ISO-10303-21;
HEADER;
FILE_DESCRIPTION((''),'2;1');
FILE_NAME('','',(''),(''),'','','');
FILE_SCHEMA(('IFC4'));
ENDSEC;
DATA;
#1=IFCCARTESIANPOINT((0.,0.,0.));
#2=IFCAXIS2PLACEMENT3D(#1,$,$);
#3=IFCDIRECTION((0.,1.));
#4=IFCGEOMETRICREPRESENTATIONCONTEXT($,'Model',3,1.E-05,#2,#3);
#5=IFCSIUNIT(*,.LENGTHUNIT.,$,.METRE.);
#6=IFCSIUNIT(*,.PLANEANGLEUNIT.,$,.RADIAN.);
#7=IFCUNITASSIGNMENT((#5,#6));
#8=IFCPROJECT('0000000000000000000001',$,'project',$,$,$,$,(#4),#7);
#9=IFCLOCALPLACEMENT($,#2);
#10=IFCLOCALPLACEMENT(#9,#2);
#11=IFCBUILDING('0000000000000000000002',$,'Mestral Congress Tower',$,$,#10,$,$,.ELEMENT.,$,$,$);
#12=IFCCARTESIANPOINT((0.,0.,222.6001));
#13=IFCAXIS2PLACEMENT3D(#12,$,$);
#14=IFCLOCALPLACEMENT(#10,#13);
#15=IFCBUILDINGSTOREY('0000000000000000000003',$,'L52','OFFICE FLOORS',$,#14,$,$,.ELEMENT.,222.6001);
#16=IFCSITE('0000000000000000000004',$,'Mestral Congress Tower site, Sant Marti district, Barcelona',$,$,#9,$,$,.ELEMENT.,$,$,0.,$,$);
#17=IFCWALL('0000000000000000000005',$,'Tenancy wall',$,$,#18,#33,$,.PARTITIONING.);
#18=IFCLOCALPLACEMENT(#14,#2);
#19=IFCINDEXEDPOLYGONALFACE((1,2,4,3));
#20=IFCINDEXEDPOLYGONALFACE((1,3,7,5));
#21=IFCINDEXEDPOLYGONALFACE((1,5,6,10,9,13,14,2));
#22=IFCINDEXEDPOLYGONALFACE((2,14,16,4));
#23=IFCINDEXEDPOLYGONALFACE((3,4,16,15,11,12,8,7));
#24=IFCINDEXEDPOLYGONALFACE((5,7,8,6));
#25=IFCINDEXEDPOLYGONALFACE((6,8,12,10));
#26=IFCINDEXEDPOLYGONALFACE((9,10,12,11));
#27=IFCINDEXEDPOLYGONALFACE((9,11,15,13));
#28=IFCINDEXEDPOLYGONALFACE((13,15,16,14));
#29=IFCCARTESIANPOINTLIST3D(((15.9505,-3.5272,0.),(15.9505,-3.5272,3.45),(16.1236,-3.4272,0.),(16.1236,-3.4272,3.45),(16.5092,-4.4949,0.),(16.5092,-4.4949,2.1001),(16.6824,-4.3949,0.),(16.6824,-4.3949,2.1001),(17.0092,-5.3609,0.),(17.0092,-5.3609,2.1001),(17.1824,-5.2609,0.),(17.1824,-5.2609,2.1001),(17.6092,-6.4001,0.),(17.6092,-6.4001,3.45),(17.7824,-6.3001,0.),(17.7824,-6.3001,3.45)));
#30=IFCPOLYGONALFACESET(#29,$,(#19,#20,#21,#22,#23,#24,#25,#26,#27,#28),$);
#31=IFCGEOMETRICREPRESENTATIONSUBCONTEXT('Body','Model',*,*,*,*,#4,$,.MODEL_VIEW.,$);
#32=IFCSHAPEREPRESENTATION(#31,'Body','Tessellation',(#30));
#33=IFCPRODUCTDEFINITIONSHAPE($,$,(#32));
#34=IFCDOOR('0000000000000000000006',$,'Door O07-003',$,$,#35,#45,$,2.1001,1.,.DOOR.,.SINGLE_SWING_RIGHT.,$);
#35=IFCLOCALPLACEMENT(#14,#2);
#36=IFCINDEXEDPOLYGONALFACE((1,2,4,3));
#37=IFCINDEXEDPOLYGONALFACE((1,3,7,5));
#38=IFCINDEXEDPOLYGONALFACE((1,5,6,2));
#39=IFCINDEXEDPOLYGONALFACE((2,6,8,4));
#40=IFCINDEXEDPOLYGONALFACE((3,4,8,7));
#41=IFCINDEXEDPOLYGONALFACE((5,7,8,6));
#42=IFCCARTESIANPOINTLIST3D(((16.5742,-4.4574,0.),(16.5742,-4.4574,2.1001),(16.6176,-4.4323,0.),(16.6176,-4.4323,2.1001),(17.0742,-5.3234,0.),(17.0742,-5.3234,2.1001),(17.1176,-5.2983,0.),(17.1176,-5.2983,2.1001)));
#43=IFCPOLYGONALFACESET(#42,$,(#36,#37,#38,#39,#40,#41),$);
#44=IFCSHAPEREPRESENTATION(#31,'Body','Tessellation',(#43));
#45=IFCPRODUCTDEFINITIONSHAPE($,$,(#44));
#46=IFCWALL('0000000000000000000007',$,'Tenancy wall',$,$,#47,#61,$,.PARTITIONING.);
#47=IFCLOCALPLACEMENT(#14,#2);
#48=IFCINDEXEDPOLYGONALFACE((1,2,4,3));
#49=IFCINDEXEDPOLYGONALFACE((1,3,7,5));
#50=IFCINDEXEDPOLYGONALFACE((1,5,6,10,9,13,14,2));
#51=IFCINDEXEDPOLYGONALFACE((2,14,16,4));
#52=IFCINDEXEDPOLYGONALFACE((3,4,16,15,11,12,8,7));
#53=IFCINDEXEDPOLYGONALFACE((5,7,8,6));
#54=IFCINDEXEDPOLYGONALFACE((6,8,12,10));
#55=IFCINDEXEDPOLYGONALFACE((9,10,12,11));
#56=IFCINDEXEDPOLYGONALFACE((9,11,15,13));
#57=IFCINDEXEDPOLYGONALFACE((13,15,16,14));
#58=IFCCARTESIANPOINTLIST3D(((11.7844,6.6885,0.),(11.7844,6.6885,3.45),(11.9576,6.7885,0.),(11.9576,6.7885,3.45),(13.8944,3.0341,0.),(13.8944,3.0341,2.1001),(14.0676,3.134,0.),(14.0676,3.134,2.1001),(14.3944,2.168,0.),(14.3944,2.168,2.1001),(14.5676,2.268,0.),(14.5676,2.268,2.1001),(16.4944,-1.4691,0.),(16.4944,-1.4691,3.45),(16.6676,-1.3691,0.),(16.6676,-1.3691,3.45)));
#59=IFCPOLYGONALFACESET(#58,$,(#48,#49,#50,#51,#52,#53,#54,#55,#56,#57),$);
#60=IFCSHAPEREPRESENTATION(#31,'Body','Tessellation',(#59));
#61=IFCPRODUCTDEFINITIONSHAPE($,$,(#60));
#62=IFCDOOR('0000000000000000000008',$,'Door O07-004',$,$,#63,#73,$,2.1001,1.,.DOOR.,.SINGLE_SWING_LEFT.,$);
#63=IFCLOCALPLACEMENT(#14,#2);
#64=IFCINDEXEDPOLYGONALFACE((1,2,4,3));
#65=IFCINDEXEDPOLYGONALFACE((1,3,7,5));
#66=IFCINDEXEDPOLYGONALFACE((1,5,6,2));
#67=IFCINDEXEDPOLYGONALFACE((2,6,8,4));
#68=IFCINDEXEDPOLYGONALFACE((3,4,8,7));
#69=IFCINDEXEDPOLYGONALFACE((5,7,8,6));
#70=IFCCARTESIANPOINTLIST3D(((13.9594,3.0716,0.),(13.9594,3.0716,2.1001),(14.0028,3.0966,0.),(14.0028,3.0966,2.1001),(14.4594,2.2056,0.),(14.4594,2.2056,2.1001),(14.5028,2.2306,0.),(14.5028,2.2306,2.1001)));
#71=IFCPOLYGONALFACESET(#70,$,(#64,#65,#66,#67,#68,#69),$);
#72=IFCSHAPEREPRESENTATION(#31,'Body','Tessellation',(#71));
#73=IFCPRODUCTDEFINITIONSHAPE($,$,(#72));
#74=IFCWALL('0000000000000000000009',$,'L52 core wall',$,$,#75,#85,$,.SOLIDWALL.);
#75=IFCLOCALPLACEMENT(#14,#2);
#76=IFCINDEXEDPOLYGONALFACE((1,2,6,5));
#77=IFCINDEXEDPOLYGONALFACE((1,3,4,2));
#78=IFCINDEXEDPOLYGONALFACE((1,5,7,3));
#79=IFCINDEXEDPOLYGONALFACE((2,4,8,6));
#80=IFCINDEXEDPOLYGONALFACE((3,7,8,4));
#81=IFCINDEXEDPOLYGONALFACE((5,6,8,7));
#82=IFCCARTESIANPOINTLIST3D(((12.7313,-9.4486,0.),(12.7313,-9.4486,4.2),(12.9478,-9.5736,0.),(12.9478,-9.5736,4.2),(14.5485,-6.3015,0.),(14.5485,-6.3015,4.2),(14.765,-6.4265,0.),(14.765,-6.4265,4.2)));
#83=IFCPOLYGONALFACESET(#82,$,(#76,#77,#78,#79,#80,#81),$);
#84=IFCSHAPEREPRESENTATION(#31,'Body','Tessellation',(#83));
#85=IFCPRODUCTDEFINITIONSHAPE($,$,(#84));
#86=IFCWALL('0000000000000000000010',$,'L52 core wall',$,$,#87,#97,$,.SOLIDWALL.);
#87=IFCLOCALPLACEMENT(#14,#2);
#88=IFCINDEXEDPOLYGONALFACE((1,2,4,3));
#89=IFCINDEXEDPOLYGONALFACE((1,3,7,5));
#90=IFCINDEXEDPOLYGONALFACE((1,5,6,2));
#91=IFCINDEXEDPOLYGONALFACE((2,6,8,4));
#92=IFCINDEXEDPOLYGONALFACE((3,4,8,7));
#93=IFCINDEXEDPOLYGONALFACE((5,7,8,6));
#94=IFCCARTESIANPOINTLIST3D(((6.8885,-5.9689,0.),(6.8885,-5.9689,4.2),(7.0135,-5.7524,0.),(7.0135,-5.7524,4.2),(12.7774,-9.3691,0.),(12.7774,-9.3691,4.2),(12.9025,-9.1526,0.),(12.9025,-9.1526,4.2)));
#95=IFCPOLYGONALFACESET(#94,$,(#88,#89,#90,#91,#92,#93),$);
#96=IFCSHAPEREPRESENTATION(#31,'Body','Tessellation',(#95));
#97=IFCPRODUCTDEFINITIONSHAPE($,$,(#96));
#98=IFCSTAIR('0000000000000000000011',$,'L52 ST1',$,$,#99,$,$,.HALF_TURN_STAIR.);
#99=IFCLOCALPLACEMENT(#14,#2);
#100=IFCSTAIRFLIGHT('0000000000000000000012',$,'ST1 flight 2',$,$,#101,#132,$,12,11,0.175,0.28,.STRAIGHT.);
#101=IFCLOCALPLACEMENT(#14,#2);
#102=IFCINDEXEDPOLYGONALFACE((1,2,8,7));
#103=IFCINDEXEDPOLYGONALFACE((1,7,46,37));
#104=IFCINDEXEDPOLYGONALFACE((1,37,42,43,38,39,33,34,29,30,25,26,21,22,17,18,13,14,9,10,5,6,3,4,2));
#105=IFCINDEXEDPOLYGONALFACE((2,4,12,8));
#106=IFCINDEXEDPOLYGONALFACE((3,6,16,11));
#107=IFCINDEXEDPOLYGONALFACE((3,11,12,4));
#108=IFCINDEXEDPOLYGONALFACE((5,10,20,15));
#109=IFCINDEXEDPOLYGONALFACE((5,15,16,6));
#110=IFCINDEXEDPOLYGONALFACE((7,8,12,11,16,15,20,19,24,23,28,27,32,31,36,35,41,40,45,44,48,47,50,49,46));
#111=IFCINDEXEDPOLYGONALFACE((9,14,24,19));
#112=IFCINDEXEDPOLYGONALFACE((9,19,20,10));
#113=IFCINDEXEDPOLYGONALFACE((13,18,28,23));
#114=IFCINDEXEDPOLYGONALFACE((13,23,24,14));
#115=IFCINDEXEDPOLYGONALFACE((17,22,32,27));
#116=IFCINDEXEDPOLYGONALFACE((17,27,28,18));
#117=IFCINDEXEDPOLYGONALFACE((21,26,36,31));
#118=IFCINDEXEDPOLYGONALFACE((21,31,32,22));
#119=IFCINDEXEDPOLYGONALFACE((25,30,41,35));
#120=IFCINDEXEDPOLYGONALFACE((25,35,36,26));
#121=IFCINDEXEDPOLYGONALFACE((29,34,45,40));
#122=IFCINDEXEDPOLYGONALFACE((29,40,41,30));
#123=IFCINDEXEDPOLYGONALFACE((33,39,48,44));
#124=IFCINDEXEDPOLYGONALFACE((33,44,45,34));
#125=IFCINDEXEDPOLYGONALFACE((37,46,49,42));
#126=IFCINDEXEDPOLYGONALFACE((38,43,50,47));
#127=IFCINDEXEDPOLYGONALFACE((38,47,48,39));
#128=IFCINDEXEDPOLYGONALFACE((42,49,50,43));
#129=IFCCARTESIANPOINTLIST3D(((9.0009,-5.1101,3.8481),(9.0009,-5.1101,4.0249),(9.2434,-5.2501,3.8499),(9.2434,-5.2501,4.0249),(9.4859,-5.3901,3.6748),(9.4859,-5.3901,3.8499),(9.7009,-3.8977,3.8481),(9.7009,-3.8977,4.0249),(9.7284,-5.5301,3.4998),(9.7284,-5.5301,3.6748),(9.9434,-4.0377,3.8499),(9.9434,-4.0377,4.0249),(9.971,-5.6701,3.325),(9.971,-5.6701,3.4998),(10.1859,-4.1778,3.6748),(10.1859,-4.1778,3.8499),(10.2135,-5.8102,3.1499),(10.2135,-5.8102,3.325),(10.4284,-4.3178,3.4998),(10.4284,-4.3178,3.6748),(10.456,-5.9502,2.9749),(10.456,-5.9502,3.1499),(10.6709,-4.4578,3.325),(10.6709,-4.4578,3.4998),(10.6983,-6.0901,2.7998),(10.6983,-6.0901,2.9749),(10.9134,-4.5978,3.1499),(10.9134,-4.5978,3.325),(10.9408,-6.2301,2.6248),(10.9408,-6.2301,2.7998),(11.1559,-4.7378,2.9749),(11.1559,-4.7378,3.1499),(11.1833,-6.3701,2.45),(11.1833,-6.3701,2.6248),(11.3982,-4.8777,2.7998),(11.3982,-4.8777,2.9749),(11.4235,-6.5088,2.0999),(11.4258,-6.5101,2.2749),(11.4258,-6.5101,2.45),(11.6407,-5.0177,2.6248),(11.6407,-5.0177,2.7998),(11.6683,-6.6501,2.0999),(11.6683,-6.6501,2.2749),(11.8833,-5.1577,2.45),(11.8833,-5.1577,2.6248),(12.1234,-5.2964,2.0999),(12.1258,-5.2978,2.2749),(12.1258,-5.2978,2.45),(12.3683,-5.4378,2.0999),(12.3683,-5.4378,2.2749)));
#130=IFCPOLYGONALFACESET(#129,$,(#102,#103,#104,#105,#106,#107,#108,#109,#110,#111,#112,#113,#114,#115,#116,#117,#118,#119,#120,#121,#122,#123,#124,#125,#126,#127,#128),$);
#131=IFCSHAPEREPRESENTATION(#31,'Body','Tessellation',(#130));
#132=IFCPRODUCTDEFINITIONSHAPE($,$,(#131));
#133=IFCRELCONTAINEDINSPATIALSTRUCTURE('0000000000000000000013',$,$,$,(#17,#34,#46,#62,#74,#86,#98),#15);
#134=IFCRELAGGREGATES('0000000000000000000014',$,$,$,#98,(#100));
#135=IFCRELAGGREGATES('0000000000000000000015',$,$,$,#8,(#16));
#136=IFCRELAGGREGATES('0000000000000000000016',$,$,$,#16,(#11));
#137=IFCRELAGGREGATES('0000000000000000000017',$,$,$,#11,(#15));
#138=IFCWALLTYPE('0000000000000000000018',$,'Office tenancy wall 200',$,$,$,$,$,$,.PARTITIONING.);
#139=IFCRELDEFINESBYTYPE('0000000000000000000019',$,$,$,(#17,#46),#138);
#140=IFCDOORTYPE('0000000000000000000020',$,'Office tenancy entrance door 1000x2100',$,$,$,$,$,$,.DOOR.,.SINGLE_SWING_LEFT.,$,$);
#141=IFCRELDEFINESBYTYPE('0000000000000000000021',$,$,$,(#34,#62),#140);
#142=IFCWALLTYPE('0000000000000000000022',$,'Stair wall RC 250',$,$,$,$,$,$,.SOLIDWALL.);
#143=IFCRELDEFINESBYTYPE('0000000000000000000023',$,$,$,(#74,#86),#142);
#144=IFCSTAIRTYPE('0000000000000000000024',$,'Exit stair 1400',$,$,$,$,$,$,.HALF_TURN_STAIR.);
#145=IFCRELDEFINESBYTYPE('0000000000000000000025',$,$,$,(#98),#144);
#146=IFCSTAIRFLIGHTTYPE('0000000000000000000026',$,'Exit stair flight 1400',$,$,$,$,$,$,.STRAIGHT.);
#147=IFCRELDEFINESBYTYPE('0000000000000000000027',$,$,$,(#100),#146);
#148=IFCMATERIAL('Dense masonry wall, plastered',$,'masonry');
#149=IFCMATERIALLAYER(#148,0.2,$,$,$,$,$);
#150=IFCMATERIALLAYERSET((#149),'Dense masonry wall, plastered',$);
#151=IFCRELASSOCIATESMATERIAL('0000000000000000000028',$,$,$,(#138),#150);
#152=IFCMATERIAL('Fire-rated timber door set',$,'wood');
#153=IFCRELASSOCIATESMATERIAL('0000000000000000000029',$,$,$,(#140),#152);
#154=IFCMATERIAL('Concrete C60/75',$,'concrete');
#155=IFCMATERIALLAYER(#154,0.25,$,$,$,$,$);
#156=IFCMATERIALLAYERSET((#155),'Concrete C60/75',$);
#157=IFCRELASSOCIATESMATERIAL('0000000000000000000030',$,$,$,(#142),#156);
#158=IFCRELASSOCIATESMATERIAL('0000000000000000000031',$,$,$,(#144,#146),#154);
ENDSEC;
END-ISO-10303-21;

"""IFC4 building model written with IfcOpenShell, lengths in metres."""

from ifc_helpers import new_model, si_unit, direction, frame, frame_2d, origin, place, context, subcontext, project, spatial, polyline, rectangle, outline, extrude, material, layer, layer_set, type_object, element, fill, aggregate, save


model = new_model("IFC4")

# Units and contexts
model_context = context("Model", 3, precision=1e-05, world=origin(), true_north=direction((0.0, 1.0)))
body_context = subcontext(model_context, "Body", "Model", "MODEL_VIEW")
ifc_project = project(units=[si_unit("LENGTHUNIT", "METRE"), si_unit("PLANEANGLEUNIT", "RADIAN")], contexts=[model_context])

# Site, building, storey
site_placement = place(None, origin())
site = spatial("IfcSite", under=ifc_project, at=site_placement, Name="Mestral Congress Tower site, Sant Marti district, Barcelona", CompositionType="ELEMENT", RefElevation=0.0)
building_placement = place(site_placement, origin())
building = spatial("IfcBuilding", under=site, at=building_placement, Name="Mestral Congress Tower", CompositionType="ELEMENT")
storey_placement = place(building_placement, frame((0.0, 0.0, 222.6001)))
storey = spatial("IfcBuildingStorey", under=building, at=storey_placement, Name="L52", Description="OFFICE FLOORS", CompositionType="ELEMENT", Elevation=222.6001)

# Shared definitions
ifc_material_1 = material(Name="Concrete C60/75", Category="concrete")

# Shared definitions
ifc_material_2 = material(Name="Dense masonry wall, plastered", Category="masonry")
ifc_layer_1 = layer(ifc_material_2, 0.2)
ifc_layer_set_1 = layer_set([ifc_layer_1], Name="Dense masonry wall, plastered")
wall_type_1 = type_object("IfcWallType", Name="Office tenancy wall 200", PredefinedType="PARTITIONING", material=ifc_layer_set_1)

# Walls, openings, doors
wall_1_placement = place(storey_placement, frame((17.6958, -6.3501, 0.0), z_axis=(0.0, 0.0, 1.0), x_axis=(-0.500018, 0.866015, 0.0)))
wall_1 = element("IfcWall", 1, at=wall_1_placement, inside=storey, type_object=wall_type_1, Name="Tenancy wall", PredefinedType="PARTITIONING", context=body_context, shape_type="SweptSolid", body=[
    extrude(rectangle(XDim=3.3174, YDim=0.2, at=frame_2d((1.6587, 0.0))), origin(), (0.0, 0.0, 1.0), 3.45),
])
opening_1_placement = place(wall_1_placement, frame((1.2, 0.0, 0.0)))
opening_1 = element("IfcOpeningElement", 2, at=opening_1_placement, cuts=wall_1, PredefinedType="OPENING", context=body_context, shape_type="SweptSolid", body=[
    extrude(rectangle(XDim=1.0, YDim=2.1001, at=frame_2d((0.5, 1.05))), frame((0.0, 0.1099, 0.0), z_axis=(0.0, -1.0, 0.0), x_axis=(1.0, 0.0, 0.0)), (0.0, 0.0, 1.0), 0.22),
])
ifc_material_3 = material(Name="Fire-rated timber door set", Category="wood")
door_type = type_object("IfcDoorType", Name="Office tenancy entrance door 1000x2100", OperationType="SINGLE_SWING_LEFT", PredefinedType="DOOR", material=ifc_material_3)
door_1_placement = place(opening_1_placement, origin())
door_1 = element("IfcDoor", 3, at=door_1_placement, inside=storey, type_object=door_type, Name="Door O07-003", OperationType="SINGLE_SWING_RIGHT", OverallHeight=2.1001, OverallWidth=1.0, PredefinedType="DOOR", context=body_context, shape_type="SweptSolid", body=[
    extrude(rectangle(XDim=1.0, YDim=2.1001, at=frame_2d((0.5, 1.05))), frame((0.0, 0.0249, 0.0), z_axis=(0.0, -1.0, 0.0), x_axis=(1.0, 0.0, 0.0)), (0.0, 0.0, 1.0), 0.05),
])
fill(opening_1, door_1)
wall_2_placement = place(storey_placement, frame((16.5811, -1.4192, 0.0), z_axis=(0.0, 0.0, 1.0), x_axis=(-0.500019, 0.866014, 0.0)))
wall_2 = element("IfcWall", 4, at=wall_2_placement, inside=storey, type_object=wall_type_1, Name="Tenancy wall", PredefinedType="PARTITIONING", context=body_context, shape_type="SweptSolid", body=[
    extrude(rectangle(XDim=9.4197, YDim=0.2, at=frame_2d((4.71, 0.0))), origin(), (0.0, 0.0, 1.0), 3.45),
])
opening_2_placement = place(wall_2_placement, frame((4.2, 0.0, 0.0)))
opening_2 = element("IfcOpeningElement", 5, at=opening_2_placement, cuts=wall_2, PredefinedType="OPENING", context=body_context, shape_type="SweptSolid", body=[
    extrude(rectangle(XDim=1.0, YDim=2.1001, at=frame_2d((0.5, 1.05))), frame((0.0, 0.1099, 0.0), z_axis=(0.0, -1.0, 0.0), x_axis=(1.0, 0.0, 0.0)), (0.0, 0.0, 1.0), 0.22),
])
door_2_placement = place(opening_2_placement, origin())
door_2 = element("IfcDoor", 6, at=door_2_placement, inside=storey, type_object=door_type, Name="Door O07-004", OperationType="SINGLE_SWING_LEFT", OverallHeight=2.1001, OverallWidth=1.0, PredefinedType="DOOR", context=body_context, shape_type="SweptSolid", body=[
    extrude(rectangle(XDim=1.0, YDim=2.1001, at=frame_2d((0.5, 1.05))), frame((0.0, 0.0249, 0.0), z_axis=(0.0, -1.0, 0.0), x_axis=(1.0, 0.0, 0.0)), (0.0, 0.0, 1.0), 0.05),
])
fill(opening_2, door_2)

# Walls
ifc_layer_2 = layer(ifc_material_1, 0.25)
ifc_layer_set_2 = layer_set([ifc_layer_2], Name="Concrete C60/75")
wall_type_2 = type_object("IfcWallType", Name="Stair wall RC 250", PredefinedType="SOLIDWALL", material=ifc_layer_set_2)
wall_3_placement = place(storey_placement, frame((12.8396, -9.511, 0.0), z_axis=(0.0, 0.0, 1.0), x_axis=(0.500048, 0.865998, 0.0)))
element("IfcWall", 7, at=wall_3_placement, inside=storey, type_object=wall_type_2, Name="L52 core wall", PredefinedType="SOLIDWALL", context=body_context, shape_type="SweptSolid", body=[
    extrude(rectangle(XDim=3.634, YDim=0.25, at=frame_2d((1.8169, 0.0))), origin(), (0.0, 0.0, 1.0), 4.2),
])
wall_4_placement = place(storey_placement, frame((12.8398, -9.2607, 0.0), z_axis=(0.0, 0.0, 1.0), x_axis=(-0.866014, 0.50002, 0.0)))
element("IfcWall", 8, at=wall_4_placement, inside=storey, type_object=wall_type_2, Name="L52 core wall", PredefinedType="SOLIDWALL", context=body_context, shape_type="SweptSolid", body=[
    extrude(rectangle(XDim=6.8, YDim=0.25, at=frame_2d((3.3999, 0.0))), origin(), (0.0, 0.0, 1.0), 4.2),
])

# Stair, stair flight
stair_type = type_object("IfcStairType", Name="Exit stair 1400", PredefinedType="HALF_TURN_STAIR", material=ifc_material_1)
stair_placement = place(storey_placement, origin())
stair = element("IfcStair", 9, at=stair_placement, inside=storey, type_object=stair_type, Name="L52 ST1", PredefinedType="HALF_TURN_STAIR")
stair_flight_type = type_object("IfcStairFlightType", Name="Exit stair flight 1400", PredefinedType="STRAIGHT", material=ifc_material_1)
stair_flight_placement = place(storey_placement, frame((12.0183, -6.0439, 2.0999), z_axis=(0.0, 0.0, 1.0), x_axis=(-0.866025, 0.5, 0.0)))
stair_flight = element("IfcStairFlight", 10, at=stair_flight_placement, type_object=stair_flight_type, Name="ST1 flight 2", NumberOfRisers=12, NumberOfTreads=11, PredefinedType="STRAIGHT", RiserHeight=0.175, TreadLength=0.28, context=body_context, shape_type="SweptSolid", body=[
    extrude(outline(polyline([(0.0, 0.0), (0.0, 0.175), (0.28, 0.175), (0.28, 0.3501), (0.5601, 0.3501), (0.5601, 0.5249), (0.8401, 0.5249), (0.8401, 0.7), (1.1201, 0.7), (1.1201, 0.875), (1.3999, 0.875), (1.3999, 1.05), (1.6799, 1.05), (1.6799, 1.2251), (1.96, 1.2251), (1.96, 1.3999), (2.24, 1.3999), (2.24, 1.575), (2.52, 1.575), (2.52, 1.75), (2.8, 1.75), (2.8, 1.925), (3.0801, 1.925), (3.0801, 2.1001), (3.0801, 1.7483), (0.2827, 0.0), (0.0, 0.0)])), frame((0.0, 0.7, 0.0), z_axis=(0.0, -1.0, 0.0), x_axis=(1.0, 0.0, 0.0)), (0.0, 0.0, 1.0), 1.3999),
])
aggregate(stair, [stair_flight])

save(model, "model.ifc")
